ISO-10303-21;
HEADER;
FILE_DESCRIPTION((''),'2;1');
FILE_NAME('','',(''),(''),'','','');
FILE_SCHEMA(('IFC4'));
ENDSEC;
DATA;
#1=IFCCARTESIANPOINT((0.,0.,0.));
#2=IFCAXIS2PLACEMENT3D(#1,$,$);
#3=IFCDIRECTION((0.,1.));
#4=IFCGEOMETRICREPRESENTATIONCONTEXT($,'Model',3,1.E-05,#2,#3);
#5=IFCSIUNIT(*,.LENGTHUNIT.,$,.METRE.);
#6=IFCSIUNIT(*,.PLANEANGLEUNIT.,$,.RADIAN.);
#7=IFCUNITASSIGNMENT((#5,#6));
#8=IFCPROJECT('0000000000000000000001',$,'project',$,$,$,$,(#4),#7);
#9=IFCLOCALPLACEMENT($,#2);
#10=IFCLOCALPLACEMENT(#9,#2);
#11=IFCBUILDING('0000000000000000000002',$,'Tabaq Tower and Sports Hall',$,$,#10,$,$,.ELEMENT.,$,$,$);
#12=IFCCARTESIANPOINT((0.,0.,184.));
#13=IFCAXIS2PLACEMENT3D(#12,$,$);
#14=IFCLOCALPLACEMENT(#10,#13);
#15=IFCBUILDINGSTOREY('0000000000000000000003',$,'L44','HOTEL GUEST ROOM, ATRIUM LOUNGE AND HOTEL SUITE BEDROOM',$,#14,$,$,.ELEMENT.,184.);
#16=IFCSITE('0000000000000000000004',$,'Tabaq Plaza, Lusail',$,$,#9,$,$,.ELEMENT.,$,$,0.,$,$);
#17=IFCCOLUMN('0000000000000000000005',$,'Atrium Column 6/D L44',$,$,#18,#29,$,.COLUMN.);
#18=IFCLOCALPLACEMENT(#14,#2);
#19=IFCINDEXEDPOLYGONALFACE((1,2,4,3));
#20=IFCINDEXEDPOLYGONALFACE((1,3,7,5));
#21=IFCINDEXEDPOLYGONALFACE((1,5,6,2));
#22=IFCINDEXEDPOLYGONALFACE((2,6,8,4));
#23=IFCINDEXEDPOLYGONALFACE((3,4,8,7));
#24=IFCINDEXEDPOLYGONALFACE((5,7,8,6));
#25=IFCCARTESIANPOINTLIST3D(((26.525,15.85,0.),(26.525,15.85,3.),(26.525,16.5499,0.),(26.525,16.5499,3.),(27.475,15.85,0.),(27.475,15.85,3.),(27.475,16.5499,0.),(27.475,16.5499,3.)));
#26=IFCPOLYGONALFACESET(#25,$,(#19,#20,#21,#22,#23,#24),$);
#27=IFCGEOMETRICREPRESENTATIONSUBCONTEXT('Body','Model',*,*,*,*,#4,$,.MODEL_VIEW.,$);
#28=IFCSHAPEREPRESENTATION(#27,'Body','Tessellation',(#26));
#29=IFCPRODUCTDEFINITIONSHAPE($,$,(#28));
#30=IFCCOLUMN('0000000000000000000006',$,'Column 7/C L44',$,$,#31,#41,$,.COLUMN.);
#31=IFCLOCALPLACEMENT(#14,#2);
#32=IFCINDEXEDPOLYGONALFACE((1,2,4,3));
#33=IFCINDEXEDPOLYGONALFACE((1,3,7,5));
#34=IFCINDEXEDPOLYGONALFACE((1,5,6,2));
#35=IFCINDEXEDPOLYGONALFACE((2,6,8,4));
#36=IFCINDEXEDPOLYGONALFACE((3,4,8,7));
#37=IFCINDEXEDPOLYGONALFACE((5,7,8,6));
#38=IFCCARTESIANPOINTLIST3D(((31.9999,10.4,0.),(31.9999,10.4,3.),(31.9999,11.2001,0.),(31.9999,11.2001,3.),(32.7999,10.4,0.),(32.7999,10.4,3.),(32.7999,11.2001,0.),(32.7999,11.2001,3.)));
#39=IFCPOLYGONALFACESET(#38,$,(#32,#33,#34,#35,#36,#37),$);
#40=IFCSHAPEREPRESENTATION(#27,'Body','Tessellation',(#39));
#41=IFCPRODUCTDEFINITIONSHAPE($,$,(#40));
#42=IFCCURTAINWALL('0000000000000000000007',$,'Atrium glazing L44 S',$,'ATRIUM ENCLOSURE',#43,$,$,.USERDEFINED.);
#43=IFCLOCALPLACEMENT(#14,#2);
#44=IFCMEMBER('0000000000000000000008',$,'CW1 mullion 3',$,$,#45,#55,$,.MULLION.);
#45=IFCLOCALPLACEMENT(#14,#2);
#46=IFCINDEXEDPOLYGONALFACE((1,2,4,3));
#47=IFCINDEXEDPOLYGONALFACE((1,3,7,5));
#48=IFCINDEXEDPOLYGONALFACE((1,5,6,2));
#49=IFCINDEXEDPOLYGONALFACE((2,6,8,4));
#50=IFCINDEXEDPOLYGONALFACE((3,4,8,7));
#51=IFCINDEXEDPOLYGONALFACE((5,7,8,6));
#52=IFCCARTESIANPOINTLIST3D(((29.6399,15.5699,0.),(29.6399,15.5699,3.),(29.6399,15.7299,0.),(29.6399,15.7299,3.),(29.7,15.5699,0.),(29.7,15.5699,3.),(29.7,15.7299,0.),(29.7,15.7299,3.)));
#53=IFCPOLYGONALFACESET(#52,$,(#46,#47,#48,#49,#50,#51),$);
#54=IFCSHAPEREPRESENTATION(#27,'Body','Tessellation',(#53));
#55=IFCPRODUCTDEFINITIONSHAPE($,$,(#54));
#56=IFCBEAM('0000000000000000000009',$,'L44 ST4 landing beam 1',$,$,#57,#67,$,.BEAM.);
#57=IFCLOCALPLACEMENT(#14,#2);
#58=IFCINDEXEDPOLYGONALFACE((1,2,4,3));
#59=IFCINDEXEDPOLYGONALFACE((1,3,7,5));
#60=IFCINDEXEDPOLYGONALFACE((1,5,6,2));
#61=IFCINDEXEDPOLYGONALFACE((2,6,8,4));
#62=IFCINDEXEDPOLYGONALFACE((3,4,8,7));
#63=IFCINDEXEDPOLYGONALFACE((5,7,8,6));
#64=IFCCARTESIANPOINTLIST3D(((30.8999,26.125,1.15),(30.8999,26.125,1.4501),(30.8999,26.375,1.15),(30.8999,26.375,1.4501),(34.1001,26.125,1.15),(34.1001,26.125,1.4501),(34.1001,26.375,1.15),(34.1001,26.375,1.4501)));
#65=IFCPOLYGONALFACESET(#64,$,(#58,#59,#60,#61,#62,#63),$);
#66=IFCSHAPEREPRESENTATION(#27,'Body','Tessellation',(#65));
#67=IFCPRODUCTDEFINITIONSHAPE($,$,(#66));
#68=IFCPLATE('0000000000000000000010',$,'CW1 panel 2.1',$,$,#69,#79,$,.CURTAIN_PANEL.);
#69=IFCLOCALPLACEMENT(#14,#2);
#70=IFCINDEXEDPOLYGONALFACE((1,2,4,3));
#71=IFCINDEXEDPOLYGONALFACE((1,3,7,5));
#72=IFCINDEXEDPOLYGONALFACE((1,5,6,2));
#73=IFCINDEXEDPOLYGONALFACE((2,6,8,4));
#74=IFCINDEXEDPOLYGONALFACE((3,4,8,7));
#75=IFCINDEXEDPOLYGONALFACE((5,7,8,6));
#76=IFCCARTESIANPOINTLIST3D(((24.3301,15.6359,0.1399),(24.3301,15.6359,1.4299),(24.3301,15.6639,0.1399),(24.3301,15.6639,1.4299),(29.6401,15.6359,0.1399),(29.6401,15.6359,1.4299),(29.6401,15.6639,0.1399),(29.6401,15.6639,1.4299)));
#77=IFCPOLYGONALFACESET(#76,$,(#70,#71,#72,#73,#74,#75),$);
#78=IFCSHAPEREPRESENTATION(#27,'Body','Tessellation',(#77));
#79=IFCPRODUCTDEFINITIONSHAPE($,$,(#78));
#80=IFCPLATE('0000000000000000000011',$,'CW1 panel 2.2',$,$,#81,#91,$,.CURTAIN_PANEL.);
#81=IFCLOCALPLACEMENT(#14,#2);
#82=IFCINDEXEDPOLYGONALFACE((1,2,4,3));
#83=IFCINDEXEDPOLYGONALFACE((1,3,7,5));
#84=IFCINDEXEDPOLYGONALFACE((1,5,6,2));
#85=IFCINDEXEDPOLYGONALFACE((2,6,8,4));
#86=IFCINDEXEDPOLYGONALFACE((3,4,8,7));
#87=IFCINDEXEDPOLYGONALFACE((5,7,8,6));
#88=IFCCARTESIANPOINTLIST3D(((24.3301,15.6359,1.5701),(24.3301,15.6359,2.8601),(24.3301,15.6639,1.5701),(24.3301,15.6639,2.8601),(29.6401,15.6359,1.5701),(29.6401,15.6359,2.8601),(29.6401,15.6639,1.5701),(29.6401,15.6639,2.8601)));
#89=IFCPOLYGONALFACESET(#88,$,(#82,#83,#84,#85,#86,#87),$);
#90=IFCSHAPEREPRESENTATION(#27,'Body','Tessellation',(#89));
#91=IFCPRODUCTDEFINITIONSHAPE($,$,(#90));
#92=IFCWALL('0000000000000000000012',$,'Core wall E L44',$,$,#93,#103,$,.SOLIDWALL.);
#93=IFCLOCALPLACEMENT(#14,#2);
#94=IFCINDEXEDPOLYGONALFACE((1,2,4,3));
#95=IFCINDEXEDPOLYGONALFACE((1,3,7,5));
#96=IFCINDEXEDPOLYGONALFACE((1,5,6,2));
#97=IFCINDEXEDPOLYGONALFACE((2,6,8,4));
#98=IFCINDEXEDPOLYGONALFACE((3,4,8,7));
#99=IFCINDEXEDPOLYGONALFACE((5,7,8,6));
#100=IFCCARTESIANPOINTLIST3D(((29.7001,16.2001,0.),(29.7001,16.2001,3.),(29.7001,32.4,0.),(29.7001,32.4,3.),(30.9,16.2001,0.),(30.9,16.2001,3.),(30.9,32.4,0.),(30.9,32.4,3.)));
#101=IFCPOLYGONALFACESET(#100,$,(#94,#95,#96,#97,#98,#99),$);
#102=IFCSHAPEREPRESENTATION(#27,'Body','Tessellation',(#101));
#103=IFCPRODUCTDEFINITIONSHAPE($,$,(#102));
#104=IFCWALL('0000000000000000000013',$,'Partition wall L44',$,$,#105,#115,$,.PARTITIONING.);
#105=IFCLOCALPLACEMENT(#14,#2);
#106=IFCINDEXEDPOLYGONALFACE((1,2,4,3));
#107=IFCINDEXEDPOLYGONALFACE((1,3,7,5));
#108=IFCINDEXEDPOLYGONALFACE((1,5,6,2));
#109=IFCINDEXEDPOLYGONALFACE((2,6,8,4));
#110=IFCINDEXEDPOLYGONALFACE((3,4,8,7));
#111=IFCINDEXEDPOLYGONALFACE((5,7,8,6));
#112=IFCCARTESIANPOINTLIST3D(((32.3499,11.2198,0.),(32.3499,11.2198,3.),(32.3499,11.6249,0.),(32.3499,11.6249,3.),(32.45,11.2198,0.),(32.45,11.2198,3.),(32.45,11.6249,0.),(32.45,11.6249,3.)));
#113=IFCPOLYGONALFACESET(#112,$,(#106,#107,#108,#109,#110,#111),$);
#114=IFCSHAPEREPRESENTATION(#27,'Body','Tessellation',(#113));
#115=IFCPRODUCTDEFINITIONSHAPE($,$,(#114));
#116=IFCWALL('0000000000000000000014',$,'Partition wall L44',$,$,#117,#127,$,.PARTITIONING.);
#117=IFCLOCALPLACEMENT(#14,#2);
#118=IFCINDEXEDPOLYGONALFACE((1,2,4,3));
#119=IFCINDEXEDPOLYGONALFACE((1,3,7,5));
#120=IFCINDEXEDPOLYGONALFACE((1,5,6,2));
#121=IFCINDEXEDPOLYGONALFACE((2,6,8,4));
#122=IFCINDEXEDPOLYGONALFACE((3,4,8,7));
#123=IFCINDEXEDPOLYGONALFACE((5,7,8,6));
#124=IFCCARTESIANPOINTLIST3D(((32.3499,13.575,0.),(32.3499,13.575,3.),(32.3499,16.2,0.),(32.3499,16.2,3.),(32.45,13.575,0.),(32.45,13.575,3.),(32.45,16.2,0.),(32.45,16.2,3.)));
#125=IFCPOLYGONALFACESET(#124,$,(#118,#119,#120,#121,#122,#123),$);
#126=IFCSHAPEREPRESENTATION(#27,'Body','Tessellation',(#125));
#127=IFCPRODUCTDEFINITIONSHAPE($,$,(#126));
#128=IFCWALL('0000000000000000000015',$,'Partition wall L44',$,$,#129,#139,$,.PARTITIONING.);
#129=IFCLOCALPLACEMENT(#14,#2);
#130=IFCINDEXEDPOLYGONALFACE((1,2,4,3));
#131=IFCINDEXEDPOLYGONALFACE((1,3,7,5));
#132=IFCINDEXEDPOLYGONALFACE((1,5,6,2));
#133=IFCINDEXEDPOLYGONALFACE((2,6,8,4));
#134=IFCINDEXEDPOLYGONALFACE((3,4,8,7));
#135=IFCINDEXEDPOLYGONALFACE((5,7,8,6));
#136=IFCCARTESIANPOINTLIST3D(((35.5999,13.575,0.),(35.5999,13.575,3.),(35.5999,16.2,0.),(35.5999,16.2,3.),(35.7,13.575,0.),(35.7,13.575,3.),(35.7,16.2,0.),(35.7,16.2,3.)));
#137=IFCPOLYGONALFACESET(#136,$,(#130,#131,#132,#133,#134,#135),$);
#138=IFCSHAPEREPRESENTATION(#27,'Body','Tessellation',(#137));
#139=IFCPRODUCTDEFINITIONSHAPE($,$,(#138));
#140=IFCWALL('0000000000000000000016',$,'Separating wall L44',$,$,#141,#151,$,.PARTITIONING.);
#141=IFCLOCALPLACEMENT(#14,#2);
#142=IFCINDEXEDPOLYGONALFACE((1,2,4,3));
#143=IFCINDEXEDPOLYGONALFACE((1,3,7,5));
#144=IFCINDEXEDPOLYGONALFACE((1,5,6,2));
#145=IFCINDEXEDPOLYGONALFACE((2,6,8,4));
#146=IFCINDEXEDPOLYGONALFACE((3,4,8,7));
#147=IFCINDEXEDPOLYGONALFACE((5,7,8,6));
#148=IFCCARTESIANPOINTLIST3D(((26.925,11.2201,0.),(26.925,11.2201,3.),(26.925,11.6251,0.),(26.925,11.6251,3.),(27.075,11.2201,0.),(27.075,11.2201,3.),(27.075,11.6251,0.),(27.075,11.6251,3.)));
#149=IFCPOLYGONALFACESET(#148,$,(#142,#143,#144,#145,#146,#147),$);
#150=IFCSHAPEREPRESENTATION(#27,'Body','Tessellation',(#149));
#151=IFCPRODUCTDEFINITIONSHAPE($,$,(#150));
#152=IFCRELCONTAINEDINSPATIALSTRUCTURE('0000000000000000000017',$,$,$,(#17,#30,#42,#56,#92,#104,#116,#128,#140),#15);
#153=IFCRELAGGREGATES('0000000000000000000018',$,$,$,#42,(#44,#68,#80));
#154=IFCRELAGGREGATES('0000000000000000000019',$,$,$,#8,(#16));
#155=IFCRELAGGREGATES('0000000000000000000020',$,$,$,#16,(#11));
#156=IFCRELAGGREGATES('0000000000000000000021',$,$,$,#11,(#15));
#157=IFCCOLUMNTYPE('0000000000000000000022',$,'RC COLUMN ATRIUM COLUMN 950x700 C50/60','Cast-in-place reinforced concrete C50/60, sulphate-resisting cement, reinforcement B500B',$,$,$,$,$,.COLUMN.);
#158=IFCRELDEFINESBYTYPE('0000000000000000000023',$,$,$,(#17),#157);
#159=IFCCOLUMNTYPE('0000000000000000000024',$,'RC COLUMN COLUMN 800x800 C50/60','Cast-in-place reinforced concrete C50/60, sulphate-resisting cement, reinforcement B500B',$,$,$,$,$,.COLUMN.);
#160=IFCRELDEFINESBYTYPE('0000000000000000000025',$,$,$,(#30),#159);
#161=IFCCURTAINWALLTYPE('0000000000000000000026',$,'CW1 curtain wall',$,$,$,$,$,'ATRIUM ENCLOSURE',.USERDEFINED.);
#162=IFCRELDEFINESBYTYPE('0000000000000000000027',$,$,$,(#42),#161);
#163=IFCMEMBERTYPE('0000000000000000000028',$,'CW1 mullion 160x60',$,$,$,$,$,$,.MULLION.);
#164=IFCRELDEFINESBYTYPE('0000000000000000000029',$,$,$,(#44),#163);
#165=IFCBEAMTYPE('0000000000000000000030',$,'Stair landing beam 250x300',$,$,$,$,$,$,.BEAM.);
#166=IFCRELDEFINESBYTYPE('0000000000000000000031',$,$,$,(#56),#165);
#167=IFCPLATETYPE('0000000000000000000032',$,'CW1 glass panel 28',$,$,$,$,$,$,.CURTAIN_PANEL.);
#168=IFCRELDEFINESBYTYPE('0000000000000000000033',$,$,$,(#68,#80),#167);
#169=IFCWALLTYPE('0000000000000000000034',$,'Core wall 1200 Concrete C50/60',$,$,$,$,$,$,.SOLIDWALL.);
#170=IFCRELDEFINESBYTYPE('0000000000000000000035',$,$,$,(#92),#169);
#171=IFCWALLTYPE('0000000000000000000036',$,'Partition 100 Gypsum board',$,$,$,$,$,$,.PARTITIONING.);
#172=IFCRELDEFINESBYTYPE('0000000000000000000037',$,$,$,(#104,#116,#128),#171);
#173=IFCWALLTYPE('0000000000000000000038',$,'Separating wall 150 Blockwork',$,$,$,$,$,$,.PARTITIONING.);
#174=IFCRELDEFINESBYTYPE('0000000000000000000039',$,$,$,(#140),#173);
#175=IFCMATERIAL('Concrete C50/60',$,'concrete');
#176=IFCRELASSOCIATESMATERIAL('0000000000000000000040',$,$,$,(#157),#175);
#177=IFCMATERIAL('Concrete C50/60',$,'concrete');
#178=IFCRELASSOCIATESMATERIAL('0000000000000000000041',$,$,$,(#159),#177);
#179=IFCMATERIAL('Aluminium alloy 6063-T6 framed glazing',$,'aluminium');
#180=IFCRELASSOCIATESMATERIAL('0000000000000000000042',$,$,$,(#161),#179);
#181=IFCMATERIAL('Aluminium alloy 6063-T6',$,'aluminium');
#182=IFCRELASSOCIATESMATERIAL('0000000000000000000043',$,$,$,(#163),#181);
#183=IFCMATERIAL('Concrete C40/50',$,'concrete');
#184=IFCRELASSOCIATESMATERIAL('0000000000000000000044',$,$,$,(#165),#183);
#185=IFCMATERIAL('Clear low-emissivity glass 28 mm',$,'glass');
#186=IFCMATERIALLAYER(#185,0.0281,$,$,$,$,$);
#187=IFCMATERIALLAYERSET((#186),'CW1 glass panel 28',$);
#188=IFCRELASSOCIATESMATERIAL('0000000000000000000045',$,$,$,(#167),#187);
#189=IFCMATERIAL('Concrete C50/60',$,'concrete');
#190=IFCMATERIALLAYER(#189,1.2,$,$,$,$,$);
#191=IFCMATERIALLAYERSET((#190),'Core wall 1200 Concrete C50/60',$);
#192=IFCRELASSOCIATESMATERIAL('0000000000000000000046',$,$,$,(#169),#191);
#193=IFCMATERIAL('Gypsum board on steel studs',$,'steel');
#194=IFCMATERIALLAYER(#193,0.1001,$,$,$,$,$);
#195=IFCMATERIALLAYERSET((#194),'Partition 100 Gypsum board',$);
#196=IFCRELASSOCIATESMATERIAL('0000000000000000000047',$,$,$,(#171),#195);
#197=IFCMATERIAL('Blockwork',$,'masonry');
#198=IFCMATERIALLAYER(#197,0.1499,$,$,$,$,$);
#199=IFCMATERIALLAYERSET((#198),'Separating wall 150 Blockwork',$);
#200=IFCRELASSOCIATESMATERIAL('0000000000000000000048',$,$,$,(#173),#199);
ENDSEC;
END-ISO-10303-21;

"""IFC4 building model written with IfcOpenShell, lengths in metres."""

from ifc_helpers import new_model, si_unit, direction, frame, frame_2d, origin, origin_2d, place, context, subcontext, project, spatial, rectangle, extrude, material, layer, layer_set, material_profile, profile_set, type_object, element, aggregate, save


model = new_model("IFC4")

# Units and contexts
model_context = context("Model", 3, precision=1e-05, world=origin(), true_north=direction((0.0, 1.0)))
body_context = subcontext(model_context, "Body", "Model", "MODEL_VIEW")
ifc_project = project(units=[si_unit("LENGTHUNIT", "METRE"), si_unit("PLANEANGLEUNIT", "RADIAN")], contexts=[model_context])

# Site, building, storey
site_placement = place(None, origin())
site = spatial("IfcSite", under=ifc_project, at=site_placement, Name="Tabaq Plaza, Lusail", CompositionType="ELEMENT", RefElevation=0.0)
building_placement = place(site_placement, origin())
building = spatial("IfcBuilding", under=site, at=building_placement, Name="Tabaq Tower and Sports Hall", CompositionType="ELEMENT")
storey_placement = place(building_placement, frame((0.0, 0.0, 184.0)))
storey = spatial("IfcBuildingStorey", under=building, at=storey_placement, Name="L44", Description="HOTEL GUEST ROOM, ATRIUM LOUNGE AND HOTEL SUITE BEDROOM", CompositionType="ELEMENT", Elevation=184.0)

# Columns
ifc_material_1 = material(Name="Concrete C50/60", Category="concrete")
ifc_material_profile_1 = material_profile(ifc_material_1, rectangle(XDim=0.95, YDim=0.7, at=origin_2d()), Name="ATRIUM COLUMN 950x700")
ifc_profile_set_1 = profile_set([ifc_material_profile_1], Name="Concrete C50/60")
column_type_1 = type_object("IfcColumnType", Name="RC COLUMN ATRIUM COLUMN 950x700 C50/60", Description="Cast-in-place reinforced concrete C50/60, sulphate-resisting cement, reinforcement B500B", PredefinedType="COLUMN", material=ifc_profile_set_1)
column_1_placement = place(storey_placement, frame((27.0, 16.2, 0.0), z_axis=(0.0, 0.0, 1.0), x_axis=(1.0, 0.0, 0.0)))
element("IfcColumn", 1, at=column_1_placement, inside=storey, type_object=column_type_1, Name="Atrium Column 6/D L44", PredefinedType="COLUMN", context=body_context, shape_type="SweptSolid", body=[
    extrude(rectangle(XDim=0.95, YDim=0.7, at=origin_2d()), origin(), (0.0, 0.0, 1.0), 3.0),
])
ifc_material_2 = material(Name="Concrete C50/60", Category="concrete")
ifc_material_profile_2 = material_profile(ifc_material_2, rectangle(XDim=0.8, YDim=0.8, at=origin_2d()), Name="COLUMN 800x800")
ifc_profile_set_2 = profile_set([ifc_material_profile_2], Name="Concrete C50/60")
column_type_2 = type_object("IfcColumnType", Name="RC COLUMN COLUMN 800x800 C50/60", Description="Cast-in-place reinforced concrete C50/60, sulphate-resisting cement, reinforcement B500B", PredefinedType="COLUMN", material=ifc_profile_set_2)
column_2_placement = place(storey_placement, frame((32.3999, 10.8, 0.0), z_axis=(0.0, 0.0, 1.0), x_axis=(1.0, 0.0, 0.0)))
element("IfcColumn", 2, at=column_2_placement, inside=storey, type_object=column_type_2, Name="Column 7/C L44", PredefinedType="COLUMN", context=body_context, shape_type="SweptSolid", body=[
    extrude(rectangle(XDim=0.8, YDim=0.8, at=origin_2d()), origin(), (0.0, 0.0, 1.0), 3.0),
])

# Curtain wall, member
ifc_material_3 = material(Name="Aluminium alloy 6063-T6 framed glazing", Category="aluminium")
curtain_wall_type = type_object("IfcCurtainWallType", Name="CW1 curtain wall", ElementType="ATRIUM ENCLOSURE", PredefinedType="USERDEFINED", material=ifc_material_3)
curtain_wall_placement = place(storey_placement, origin())
curtain_wall = element("IfcCurtainWall", 3, at=curtain_wall_placement, inside=storey, type_object=curtain_wall_type, Name="Atrium glazing L44 S", ObjectType="ATRIUM ENCLOSURE", PredefinedType="USERDEFINED")
ifc_material_4 = material(Name="Aluminium alloy 6063-T6", Category="aluminium")
ifc_material_profile_3 = material_profile(ifc_material_4, rectangle(XDim=0.1599, YDim=0.0601, at=origin_2d()), Name="MULLION 160x60")
ifc_profile_set_3 = profile_set([ifc_material_profile_3], Name="Aluminium alloy 6063-T6")
member_type = type_object("IfcMemberType", Name="CW1 mullion 160x60", PredefinedType="MULLION", material=ifc_profile_set_3)
member_placement = place(storey_placement, frame((29.6699, 15.6499, 0.0), z_axis=(0.0, 0.0, 1.0), x_axis=(0.0, 1.0, 0.0)))
member = element("IfcMember", 4, at=member_placement, type_object=member_type, Name="CW1 mullion 3", PredefinedType="MULLION", context=body_context, shape_type="SweptSolid", body=[
    extrude(rectangle(XDim=0.1599, YDim=0.0601, at=origin_2d()), origin(), (0.0, 0.0, 1.0), 3.0),
])

# Beam
ifc_material_5 = material(Name="Concrete C40/50", Category="concrete")
ifc_material_profile_4 = material_profile(ifc_material_5, rectangle(XDim=0.25, YDim=0.3, at=origin_2d()), Name="RC 250x300")
ifc_profile_set_4 = profile_set([ifc_material_profile_4], Name="Concrete C40/50")
beam_type = type_object("IfcBeamType", Name="Stair landing beam 250x300", PredefinedType="BEAM", material=ifc_profile_set_4)
beam_placement = place(storey_placement, frame((30.8999, 26.25, 1.3), z_axis=(1.0, 0.0, 0.0), x_axis=(0.0, 1.0, 0.0)))
element("IfcBeam", 5, at=beam_placement, inside=storey, type_object=beam_type, Name="L44 ST4 landing beam 1", PredefinedType="BEAM", context=body_context, shape_type="SweptSolid", body=[
    extrude(rectangle(XDim=0.25, YDim=0.3, at=origin_2d()), origin(), (0.0, 0.0, 1.0), 3.2002),
])

# Plates
ifc_material_6 = material(Name="Clear low-emissivity glass 28 mm", Category="glass")
ifc_layer_1 = layer(ifc_material_6, 0.0281)
ifc_layer_set_1 = layer_set([ifc_layer_1], Name="CW1 glass panel 28")
plate_type = type_object("IfcPlateType", Name="CW1 glass panel 28", PredefinedType="CURTAIN_PANEL", material=ifc_layer_set_1)
plate_1_placement = place(storey_placement, frame((26.9851, 15.6499, 0.1399), z_axis=(0.0, 0.0, 1.0), x_axis=(1.0, 0.0, 0.0)))
plate_1 = element("IfcPlate", 6, at=plate_1_placement, type_object=plate_type, Name="CW1 panel 2.1", PredefinedType="CURTAIN_PANEL", context=body_context, shape_type="SweptSolid", body=[
    extrude(rectangle(XDim=5.3101, YDim=0.0281, at=origin_2d()), origin(), (0.0, 0.0, 1.0), 1.29),
])
plate_2_placement = place(storey_placement, frame((26.9851, 15.6499, 1.5701), z_axis=(0.0, 0.0, 1.0), x_axis=(1.0, 0.0, 0.0)))
plate_2 = element("IfcPlate", 7, at=plate_2_placement, type_object=plate_type, Name="CW1 panel 2.2", PredefinedType="CURTAIN_PANEL", context=body_context, shape_type="SweptSolid", body=[
    extrude(rectangle(XDim=5.3101, YDim=0.0281, at=origin_2d()), origin(), (0.0, 0.0, 1.0), 1.29),
])
aggregate(curtain_wall, [member, plate_1, plate_2])

# Walls
ifc_material_7 = material(Name="Concrete C50/60", Category="concrete")
ifc_layer_2 = layer(ifc_material_7, 1.2)
ifc_layer_set_2 = layer_set([ifc_layer_2], Name="Core wall 1200 Concrete C50/60")
wall_type_1 = type_object("IfcWallType", Name="Core wall 1200 Concrete C50/60", PredefinedType="SOLIDWALL", material=ifc_layer_set_2)
wall_1_placement = place(storey_placement, frame((30.3, 16.2, 0.0), z_axis=(0.0, 0.0, 1.0), x_axis=(0.0, 1.0, 0.0)))
element("IfcWall", 8, at=wall_1_placement, inside=storey, type_object=wall_type_1, Name="Core wall E L44", PredefinedType="SOLIDWALL", context=body_context, shape_type="SweptSolid", body=[
    extrude(rectangle(XDim=16.2, YDim=1.2, at=frame_2d((8.1001, 0.0))), origin(), (0.0, 0.0, 1.0), 3.0),
])
ifc_material_8 = material(Name="Gypsum board on steel studs", Category="steel")
ifc_layer_3 = layer(ifc_material_8, 0.1001)
ifc_layer_set_3 = layer_set([ifc_layer_3], Name="Partition 100 Gypsum board")
wall_type_2 = type_object("IfcWallType", Name="Partition 100 Gypsum board", PredefinedType="PARTITIONING", material=ifc_layer_set_3)
wall_2_placement = place(storey_placement, frame((32.3999, 11.625, 0.0), z_axis=(0.0, 0.0, 1.0), x_axis=(0.0, -1.0, 0.0)))
element("IfcWall", 9, at=wall_2_placement, inside=storey, type_object=wall_type_2, Name="Partition wall L44", PredefinedType="PARTITIONING", context=body_context, shape_type="SweptSolid", body=[
    extrude(rectangle(XDim=0.405, YDim=0.1001, at=frame_2d((0.2026, 0.0))), origin(), (0.0, 0.0, 1.0), 3.0),
])
for number, where, z_axis, x_axis, name in (
    (10, (32.3999, 13.575, 0.0), (0.0, 0.0, 1.0), (0.0, 1.0, 0.0), "Partition wall L44"),
    (11, (35.6499, 16.2, 0.0), (0.0, 0.0, 1.0), (0.0, -1.0, 0.0), "Partition wall L44"),
):
    element("IfcWall", number, at=place(storey_placement, frame(where, z_axis=z_axis, x_axis=x_axis)), inside=storey, type_object=wall_type_2, Name=name, PredefinedType="PARTITIONING", context=body_context, shape_type="SweptSolid", body=[
        extrude(rectangle(XDim=2.625, YDim=0.1001, at=frame_2d((1.3125, 0.0))), origin(), (0.0, 0.0, 1.0), 3.0),
    ])
ifc_material_9 = material(Name="Blockwork", Category="masonry")
ifc_layer_4 = layer(ifc_material_9, 0.1499)
ifc_layer_set_4 = layer_set([ifc_layer_4], Name="Separating wall 150 Blockwork")
wall_type_3 = type_object("IfcWallType", Name="Separating wall 150 Blockwork", PredefinedType="PARTITIONING", material=ifc_layer_set_4)
wall_3_placement = place(storey_placement, frame((27.0, 11.22, 0.0), z_axis=(0.0, 0.0, 1.0), x_axis=(0.0, 1.0, 0.0)))
element("IfcWall", 12, at=wall_3_placement, inside=storey, type_object=wall_type_3, Name="Separating wall L44", PredefinedType="PARTITIONING", context=body_context, shape_type="SweptSolid", body=[
    extrude(rectangle(XDim=0.405, YDim=0.1499, at=frame_2d((0.2026, 0.0))), origin(), (0.0, 0.0, 1.0), 3.0),
])

save(model, "model.ifc")
